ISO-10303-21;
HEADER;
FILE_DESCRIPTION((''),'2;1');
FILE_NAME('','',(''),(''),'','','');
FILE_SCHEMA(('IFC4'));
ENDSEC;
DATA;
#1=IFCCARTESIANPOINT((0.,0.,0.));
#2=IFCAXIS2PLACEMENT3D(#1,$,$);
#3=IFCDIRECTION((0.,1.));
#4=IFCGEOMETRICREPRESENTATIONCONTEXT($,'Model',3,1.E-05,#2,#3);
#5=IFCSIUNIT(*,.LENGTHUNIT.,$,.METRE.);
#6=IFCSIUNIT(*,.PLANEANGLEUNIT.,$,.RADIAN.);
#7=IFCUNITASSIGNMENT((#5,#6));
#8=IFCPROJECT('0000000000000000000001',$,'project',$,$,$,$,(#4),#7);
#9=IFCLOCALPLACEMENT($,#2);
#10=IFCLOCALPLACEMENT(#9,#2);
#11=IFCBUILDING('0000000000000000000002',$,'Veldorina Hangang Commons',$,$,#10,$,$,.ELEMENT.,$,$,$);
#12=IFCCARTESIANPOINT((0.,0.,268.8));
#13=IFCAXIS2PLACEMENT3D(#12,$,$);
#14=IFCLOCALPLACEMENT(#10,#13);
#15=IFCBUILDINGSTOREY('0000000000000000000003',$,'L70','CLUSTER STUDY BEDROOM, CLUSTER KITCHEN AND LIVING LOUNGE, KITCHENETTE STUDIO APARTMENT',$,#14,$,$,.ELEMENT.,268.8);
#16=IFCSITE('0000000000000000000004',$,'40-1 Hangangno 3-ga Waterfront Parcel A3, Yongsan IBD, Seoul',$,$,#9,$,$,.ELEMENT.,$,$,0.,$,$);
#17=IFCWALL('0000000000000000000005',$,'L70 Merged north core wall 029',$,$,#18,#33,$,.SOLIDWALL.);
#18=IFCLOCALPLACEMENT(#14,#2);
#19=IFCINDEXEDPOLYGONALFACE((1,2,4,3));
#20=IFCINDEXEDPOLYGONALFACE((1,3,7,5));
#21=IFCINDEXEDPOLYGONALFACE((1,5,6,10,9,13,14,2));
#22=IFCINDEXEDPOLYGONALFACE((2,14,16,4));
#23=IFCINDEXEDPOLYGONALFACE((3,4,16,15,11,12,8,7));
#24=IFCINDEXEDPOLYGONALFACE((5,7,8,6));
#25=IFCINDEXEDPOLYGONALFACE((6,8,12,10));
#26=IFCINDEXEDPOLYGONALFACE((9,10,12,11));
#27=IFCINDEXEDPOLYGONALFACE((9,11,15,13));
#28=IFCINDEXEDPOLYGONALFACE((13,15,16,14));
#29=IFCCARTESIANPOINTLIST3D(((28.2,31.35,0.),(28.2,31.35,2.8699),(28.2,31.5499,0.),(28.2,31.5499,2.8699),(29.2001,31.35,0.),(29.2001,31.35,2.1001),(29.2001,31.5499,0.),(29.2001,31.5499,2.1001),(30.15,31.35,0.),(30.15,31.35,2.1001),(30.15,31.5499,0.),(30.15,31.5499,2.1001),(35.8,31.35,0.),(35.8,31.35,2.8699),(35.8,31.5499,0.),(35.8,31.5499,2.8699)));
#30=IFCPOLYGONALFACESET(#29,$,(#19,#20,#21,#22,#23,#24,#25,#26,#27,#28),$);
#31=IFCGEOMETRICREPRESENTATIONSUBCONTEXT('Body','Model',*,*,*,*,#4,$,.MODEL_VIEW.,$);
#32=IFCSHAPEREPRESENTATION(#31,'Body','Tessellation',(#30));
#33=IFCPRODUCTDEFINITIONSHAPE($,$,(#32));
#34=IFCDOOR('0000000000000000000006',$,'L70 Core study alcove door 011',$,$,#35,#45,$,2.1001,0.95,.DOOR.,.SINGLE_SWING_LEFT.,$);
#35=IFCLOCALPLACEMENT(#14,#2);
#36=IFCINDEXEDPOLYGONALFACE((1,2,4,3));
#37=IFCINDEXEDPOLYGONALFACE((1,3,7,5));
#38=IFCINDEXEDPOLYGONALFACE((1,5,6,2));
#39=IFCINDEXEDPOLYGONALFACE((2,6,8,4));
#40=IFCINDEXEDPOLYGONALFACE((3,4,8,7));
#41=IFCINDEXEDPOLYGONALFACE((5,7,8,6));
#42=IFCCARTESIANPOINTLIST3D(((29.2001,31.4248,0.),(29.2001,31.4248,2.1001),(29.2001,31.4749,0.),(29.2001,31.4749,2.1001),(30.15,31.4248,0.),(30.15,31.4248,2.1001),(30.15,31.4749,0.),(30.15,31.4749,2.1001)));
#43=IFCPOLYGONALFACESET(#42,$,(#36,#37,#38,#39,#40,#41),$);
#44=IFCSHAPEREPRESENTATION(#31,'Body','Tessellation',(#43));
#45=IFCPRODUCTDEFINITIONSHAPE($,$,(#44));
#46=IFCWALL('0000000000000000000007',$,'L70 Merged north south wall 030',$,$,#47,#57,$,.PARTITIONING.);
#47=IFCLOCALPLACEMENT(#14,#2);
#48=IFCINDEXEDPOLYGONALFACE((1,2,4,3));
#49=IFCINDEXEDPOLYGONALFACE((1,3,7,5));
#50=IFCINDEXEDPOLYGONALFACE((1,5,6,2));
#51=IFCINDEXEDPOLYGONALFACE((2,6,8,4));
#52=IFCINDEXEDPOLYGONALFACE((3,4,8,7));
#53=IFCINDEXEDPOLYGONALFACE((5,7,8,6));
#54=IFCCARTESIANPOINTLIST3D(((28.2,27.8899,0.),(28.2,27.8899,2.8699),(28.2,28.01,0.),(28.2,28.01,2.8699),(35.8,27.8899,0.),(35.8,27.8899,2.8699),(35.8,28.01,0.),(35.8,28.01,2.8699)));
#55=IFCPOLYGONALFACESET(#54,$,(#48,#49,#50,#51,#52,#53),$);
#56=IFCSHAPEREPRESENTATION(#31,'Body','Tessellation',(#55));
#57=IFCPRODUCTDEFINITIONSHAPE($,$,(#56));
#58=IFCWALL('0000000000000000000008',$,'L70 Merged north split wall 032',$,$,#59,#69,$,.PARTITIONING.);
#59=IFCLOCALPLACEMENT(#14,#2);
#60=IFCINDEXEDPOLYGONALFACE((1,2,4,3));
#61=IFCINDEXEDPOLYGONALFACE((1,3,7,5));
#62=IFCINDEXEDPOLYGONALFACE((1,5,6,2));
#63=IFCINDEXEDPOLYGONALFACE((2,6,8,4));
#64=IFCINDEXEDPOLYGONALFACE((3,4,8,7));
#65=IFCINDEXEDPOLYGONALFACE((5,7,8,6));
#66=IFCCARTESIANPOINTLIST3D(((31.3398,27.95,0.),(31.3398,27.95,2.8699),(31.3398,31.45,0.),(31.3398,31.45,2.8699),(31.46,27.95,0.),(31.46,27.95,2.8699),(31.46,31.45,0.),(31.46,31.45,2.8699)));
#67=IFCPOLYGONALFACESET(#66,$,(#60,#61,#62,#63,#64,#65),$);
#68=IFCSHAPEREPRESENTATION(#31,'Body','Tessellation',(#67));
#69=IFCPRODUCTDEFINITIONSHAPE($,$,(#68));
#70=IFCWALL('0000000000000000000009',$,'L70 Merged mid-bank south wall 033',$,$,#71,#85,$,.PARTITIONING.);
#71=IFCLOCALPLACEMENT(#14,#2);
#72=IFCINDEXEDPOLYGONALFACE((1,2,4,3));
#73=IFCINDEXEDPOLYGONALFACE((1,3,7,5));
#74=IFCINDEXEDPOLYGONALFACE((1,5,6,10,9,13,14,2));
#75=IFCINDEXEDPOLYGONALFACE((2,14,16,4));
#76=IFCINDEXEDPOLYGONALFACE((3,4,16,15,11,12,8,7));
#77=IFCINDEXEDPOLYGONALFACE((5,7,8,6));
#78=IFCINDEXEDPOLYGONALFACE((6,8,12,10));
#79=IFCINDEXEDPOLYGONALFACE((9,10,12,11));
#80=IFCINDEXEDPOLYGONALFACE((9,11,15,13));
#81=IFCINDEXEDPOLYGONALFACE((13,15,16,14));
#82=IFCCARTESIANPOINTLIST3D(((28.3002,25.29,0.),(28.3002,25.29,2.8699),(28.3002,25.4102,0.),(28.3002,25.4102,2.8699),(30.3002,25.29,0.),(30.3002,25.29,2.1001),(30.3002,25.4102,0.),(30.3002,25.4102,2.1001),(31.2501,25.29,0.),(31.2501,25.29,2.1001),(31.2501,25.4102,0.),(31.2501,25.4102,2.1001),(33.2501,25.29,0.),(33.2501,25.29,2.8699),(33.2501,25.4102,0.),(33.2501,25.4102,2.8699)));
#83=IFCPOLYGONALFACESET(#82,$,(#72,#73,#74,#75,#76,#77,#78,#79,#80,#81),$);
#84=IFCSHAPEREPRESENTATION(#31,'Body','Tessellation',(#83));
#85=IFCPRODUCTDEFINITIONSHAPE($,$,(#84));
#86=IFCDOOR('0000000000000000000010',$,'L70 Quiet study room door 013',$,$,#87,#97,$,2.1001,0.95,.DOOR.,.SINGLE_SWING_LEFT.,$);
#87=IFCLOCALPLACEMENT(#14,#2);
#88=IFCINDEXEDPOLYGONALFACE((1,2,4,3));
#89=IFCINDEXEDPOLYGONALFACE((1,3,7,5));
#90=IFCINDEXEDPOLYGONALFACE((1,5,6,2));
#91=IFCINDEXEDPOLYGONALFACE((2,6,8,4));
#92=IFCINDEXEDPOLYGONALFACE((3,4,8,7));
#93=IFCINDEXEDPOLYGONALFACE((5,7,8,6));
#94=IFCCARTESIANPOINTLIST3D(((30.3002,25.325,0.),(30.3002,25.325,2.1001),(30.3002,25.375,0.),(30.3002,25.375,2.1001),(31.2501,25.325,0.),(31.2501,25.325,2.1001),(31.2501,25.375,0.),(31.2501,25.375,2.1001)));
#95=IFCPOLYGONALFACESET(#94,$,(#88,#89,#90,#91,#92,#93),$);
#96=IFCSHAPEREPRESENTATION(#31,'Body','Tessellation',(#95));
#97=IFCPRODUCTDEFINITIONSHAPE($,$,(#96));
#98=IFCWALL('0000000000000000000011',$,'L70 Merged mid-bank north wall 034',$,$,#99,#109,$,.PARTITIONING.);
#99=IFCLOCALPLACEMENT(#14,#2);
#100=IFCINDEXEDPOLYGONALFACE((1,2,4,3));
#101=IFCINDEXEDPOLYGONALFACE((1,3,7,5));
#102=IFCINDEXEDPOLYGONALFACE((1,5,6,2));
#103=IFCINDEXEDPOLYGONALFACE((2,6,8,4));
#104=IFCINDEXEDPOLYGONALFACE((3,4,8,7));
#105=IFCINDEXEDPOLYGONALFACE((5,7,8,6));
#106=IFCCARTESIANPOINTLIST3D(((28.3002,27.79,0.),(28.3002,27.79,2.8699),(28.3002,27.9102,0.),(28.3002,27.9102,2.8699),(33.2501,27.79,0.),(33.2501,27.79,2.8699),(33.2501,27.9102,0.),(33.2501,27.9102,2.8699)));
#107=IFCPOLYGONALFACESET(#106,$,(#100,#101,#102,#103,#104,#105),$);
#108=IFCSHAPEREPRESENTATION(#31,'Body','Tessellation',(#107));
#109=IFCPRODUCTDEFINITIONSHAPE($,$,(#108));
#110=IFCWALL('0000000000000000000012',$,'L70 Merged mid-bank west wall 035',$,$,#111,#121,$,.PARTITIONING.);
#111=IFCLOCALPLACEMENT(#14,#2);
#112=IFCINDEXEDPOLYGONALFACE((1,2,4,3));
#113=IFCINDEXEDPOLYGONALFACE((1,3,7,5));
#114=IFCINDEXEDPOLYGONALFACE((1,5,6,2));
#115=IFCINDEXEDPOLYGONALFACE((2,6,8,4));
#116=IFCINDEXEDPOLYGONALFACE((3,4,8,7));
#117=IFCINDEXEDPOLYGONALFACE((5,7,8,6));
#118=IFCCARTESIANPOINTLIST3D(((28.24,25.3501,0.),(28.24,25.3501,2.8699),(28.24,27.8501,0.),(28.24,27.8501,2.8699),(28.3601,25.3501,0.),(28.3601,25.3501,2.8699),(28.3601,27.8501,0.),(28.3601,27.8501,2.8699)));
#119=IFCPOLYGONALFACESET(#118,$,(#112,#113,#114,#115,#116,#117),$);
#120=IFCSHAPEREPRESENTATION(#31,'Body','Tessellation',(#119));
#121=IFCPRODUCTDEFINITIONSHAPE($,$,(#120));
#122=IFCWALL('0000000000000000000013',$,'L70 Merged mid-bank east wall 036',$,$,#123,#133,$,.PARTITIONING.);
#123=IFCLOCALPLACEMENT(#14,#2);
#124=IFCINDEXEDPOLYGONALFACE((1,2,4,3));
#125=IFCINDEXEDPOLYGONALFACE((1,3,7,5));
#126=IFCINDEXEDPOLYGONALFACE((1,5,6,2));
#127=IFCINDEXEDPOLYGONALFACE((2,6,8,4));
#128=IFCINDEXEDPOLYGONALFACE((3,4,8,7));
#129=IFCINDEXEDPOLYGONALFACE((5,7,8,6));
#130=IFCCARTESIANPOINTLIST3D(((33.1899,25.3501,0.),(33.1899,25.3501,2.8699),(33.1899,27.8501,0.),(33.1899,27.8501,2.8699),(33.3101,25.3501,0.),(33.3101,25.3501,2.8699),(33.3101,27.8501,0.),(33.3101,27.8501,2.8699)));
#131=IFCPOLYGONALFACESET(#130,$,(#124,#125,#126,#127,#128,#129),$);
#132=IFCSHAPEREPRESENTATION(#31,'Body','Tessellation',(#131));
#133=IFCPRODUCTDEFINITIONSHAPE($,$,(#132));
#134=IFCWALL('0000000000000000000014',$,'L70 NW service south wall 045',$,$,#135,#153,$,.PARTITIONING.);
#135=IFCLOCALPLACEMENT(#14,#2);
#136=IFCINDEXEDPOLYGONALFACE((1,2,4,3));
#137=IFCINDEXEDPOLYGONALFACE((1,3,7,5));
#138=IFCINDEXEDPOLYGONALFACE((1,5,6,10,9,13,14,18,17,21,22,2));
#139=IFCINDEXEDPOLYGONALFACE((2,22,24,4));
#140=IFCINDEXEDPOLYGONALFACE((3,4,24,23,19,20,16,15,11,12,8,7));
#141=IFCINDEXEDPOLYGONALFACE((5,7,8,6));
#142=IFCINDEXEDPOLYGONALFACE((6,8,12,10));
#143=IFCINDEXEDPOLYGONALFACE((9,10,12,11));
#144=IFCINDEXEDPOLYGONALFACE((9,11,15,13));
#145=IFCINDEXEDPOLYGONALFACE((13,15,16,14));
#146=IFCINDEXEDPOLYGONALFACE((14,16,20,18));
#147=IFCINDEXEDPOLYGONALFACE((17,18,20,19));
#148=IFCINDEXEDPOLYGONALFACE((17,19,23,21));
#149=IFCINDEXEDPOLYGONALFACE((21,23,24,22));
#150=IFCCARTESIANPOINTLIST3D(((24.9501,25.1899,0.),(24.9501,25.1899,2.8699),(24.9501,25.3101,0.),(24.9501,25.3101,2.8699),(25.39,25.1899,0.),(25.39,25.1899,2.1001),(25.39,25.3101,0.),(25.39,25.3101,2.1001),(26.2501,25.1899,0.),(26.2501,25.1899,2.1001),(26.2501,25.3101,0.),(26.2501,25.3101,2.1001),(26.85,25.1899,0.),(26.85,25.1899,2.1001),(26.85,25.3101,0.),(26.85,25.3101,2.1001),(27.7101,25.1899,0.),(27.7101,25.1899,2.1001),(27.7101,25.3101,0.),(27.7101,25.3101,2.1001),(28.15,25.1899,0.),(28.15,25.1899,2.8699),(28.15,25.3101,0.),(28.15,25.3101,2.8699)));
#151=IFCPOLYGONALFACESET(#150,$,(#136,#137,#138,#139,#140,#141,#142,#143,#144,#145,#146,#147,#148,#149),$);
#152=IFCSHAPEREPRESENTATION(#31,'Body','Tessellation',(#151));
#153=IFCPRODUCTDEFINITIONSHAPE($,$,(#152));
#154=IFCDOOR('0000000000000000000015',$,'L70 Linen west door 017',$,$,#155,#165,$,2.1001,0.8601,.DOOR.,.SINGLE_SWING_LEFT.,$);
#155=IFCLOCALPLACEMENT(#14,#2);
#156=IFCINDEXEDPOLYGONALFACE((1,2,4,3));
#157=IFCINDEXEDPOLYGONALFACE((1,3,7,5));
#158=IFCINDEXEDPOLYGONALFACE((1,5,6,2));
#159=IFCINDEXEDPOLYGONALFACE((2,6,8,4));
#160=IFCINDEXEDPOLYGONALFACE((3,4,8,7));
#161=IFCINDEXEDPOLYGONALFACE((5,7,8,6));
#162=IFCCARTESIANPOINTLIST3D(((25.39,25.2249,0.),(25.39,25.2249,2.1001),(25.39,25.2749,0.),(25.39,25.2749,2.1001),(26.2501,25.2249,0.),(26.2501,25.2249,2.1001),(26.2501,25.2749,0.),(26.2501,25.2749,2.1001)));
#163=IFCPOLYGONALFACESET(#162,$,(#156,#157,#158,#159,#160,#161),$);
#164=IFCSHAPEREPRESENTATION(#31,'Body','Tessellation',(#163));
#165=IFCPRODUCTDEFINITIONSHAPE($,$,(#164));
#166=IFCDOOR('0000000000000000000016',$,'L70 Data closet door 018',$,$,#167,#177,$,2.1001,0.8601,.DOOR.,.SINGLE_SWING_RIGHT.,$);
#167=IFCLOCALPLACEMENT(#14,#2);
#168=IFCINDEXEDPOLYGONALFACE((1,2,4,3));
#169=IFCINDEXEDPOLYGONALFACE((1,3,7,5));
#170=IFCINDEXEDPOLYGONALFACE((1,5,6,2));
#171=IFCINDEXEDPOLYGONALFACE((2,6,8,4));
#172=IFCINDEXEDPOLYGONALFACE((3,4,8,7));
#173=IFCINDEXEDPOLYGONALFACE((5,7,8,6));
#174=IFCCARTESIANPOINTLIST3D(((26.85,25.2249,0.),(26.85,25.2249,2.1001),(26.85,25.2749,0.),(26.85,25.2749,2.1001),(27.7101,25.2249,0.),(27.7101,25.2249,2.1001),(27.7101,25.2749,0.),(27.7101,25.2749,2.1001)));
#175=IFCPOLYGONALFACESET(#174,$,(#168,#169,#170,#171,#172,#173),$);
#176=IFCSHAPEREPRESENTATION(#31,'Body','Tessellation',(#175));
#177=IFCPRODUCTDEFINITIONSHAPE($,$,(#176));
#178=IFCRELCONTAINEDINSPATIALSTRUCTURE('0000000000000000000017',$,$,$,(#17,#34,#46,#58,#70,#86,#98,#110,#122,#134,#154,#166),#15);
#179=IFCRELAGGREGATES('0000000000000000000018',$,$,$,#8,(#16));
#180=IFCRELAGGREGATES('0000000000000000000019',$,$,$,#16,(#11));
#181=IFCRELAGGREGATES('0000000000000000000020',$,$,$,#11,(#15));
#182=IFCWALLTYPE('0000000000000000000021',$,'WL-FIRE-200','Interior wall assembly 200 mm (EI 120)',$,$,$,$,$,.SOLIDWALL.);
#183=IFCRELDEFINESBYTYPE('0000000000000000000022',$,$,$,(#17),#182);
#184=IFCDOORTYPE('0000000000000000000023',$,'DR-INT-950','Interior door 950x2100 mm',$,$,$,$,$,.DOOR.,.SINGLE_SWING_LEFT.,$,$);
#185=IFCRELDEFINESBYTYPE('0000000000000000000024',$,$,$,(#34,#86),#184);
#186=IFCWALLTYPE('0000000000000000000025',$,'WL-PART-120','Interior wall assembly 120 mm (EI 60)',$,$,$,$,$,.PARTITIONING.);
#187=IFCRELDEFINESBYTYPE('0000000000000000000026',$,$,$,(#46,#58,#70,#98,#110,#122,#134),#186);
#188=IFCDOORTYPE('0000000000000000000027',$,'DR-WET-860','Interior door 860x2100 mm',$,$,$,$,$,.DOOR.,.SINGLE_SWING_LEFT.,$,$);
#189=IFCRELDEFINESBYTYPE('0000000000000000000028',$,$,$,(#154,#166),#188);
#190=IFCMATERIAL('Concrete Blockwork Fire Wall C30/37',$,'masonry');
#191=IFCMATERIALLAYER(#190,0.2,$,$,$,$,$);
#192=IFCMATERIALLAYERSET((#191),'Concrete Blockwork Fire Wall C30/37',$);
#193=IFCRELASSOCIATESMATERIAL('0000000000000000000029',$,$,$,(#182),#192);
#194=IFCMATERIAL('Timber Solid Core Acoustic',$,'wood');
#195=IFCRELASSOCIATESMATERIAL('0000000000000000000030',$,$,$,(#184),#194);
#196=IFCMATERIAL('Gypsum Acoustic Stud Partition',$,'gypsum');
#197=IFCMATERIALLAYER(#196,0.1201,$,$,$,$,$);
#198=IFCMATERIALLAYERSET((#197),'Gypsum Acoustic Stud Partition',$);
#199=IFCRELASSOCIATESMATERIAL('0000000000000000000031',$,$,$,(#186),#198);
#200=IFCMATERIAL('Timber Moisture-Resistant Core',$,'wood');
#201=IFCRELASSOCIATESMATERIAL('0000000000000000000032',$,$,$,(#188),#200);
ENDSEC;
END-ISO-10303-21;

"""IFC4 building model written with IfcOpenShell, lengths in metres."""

from ifc_helpers import new_model, si_unit, direction, frame, frame_2d, origin, place, context, subcontext, project, spatial, rectangle, extrude, material, layer, layer_set, type_object, element, fill, save


model = new_model("IFC4")

# Units and contexts
model_context = context("Model", 3, precision=1e-05, world=origin(), true_north=direction((0.0, 1.0)))
body_context = subcontext(model_context, "Body", "Model", "MODEL_VIEW")
ifc_project = project(units=[si_unit("LENGTHUNIT", "METRE"), si_unit("PLANEANGLEUNIT", "RADIAN")], contexts=[model_context])

# Site, building, storey
site_placement = place(None, origin())
site = spatial("IfcSite", under=ifc_project, at=site_placement, Name="40-1 Hangangno 3-ga Waterfront Parcel A3, Yongsan IBD, Seoul", CompositionType="ELEMENT", RefElevation=0.0)
building_placement = place(site_placement, origin())
building = spatial("IfcBuilding", under=site, at=building_placement, Name="Veldorina Hangang Commons", CompositionType="ELEMENT")
storey_placement = place(building_placement, frame((0.0, 0.0, 268.8)))
storey = spatial("IfcBuildingStorey", under=building, at=storey_placement, Name="L70", Description="CLUSTER STUDY BEDROOM, CLUSTER KITCHEN AND LIVING LOUNGE, KITCHENETTE STUDIO APARTMENT", CompositionType="ELEMENT", Elevation=268.8)

# Shared definitions
ifc_material_1 = material(Name="Concrete Blockwork Fire Wall C30/37", Category="masonry")
ifc_layer_1 = layer(ifc_material_1, 0.2)
ifc_layer_set_1 = layer_set([ifc_layer_1], Name="Concrete Blockwork Fire Wall C30/37")
wall_type_1 = type_object("IfcWallType", Name="WL-FIRE-200", Description="Interior wall assembly 200 mm (EI 120)", PredefinedType="SOLIDWALL", material=ifc_layer_set_1)

# Wall, opening, door
wall_1_placement = place(storey_placement, frame((28.2, 31.45, 0.0), z_axis=(0.0, 0.0, 1.0), x_axis=(1.0, 0.0, 0.0)))
wall_1 = element("IfcWall", 1, at=wall_1_placement, inside=storey, type_object=wall_type_1, Name="L70 Merged north core wall 029", PredefinedType="SOLIDWALL", context=body_context, shape_type="SweptSolid", body=[
    extrude(rectangle(XDim=7.6001, YDim=0.2, at=frame_2d((3.8, 0.0))), origin(), (0.0, 0.0, 1.0), 2.8699),
])
opening_1_placement = place(wall_1_placement, frame((1.0, 0.0, 0.0)))
opening_1 = element("IfcOpeningElement", 2, at=opening_1_placement, cuts=wall_1, PredefinedType="OPENING", context=body_context, shape_type="SweptSolid", body=[
    extrude(rectangle(XDim=0.95, YDim=2.1001, at=frame_2d((0.4751, 1.05))), frame((0.0, 0.1099, 0.0), z_axis=(0.0, -1.0, 0.0), x_axis=(1.0, 0.0, 0.0)), (0.0, 0.0, 1.0), 0.22),
])
ifc_material_2 = material(Name="Timber Solid Core Acoustic", Category="wood")
door_type_1 = type_object("IfcDoorType", Name="DR-INT-950", Description="Interior door 950x2100 mm", OperationType="SINGLE_SWING_LEFT", PredefinedType="DOOR", material=ifc_material_2)
door_1_placement = place(opening_1_placement, origin())
door_1 = element("IfcDoor", 3, at=door_1_placement, inside=storey, type_object=door_type_1, Name="L70 Core study alcove door 011", OperationType="SINGLE_SWING_LEFT", OverallHeight=2.1001, OverallWidth=0.95, PredefinedType="DOOR", context=body_context, shape_type="SweptSolid", body=[
    extrude(rectangle(XDim=0.95, YDim=2.1001, at=frame_2d((0.4751, 1.05))), frame((0.0, 0.0249, 0.0), z_axis=(0.0, -1.0, 0.0), x_axis=(1.0, 0.0, 0.0)), (0.0, 0.0, 1.0), 0.05),
])
fill(opening_1, door_1)

# Walls
ifc_material_3 = material(Name="Gypsum Acoustic Stud Partition", Category="gypsum")
ifc_layer_2 = layer(ifc_material_3, 0.1201)
ifc_layer_set_2 = layer_set([ifc_layer_2], Name="Gypsum Acoustic Stud Partition")
wall_type_2 = type_object("IfcWallType", Name="WL-PART-120", Description="Interior wall assembly 120 mm (EI 60)", PredefinedType="PARTITIONING", material=ifc_layer_set_2)
wall_2_placement = place(storey_placement, frame((28.2, 27.95, 0.0), z_axis=(0.0, 0.0, 1.0), x_axis=(1.0, 0.0, 0.0)))
element("IfcWall", 4, at=wall_2_placement, inside=storey, type_object=wall_type_2, Name="L70 Merged north south wall 030", PredefinedType="PARTITIONING", context=body_context, shape_type="SweptSolid", body=[
    extrude(rectangle(XDim=7.6001, YDim=0.1201, at=frame_2d((3.8, 0.0))), origin(), (0.0, 0.0, 1.0), 2.8699),
])
wall_3_placement = place(storey_placement, frame((31.3999, 27.95, 0.0), z_axis=(0.0, 0.0, 1.0), x_axis=(0.0, 1.0, 0.0)))
element("IfcWall", 5, at=wall_3_placement, inside=storey, type_object=wall_type_2, Name="L70 Merged north split wall 032", PredefinedType="PARTITIONING", context=body_context, shape_type="SweptSolid", body=[
    extrude(rectangle(XDim=3.5, YDim=0.1201, at=frame_2d((1.75, 0.0))), origin(), (0.0, 0.0, 1.0), 2.8699),
])

# Wall, opening, door
wall_4_placement = place(storey_placement, frame((28.3, 25.3501, 0.0), z_axis=(0.0, 0.0, 1.0), x_axis=(1.0, 0.0, 0.0)))
wall_4 = element("IfcWall", 6, at=wall_4_placement, inside=storey, type_object=wall_type_2, Name="L70 Merged mid-bank south wall 033", PredefinedType="PARTITIONING", context=body_context, shape_type="SweptSolid", body=[
    extrude(rectangle(XDim=4.95, YDim=0.1201, at=frame_2d((2.4751, 0.0))), origin(), (0.0, 0.0, 1.0), 2.8699),
])
opening_2_placement = place(wall_4_placement, frame((2.0, 0.0, 0.0)))
opening_2 = element("IfcOpeningElement", 7, at=opening_2_placement, cuts=wall_4, PredefinedType="OPENING", context=body_context, shape_type="SweptSolid", body=[
    extrude(rectangle(XDim=0.95, YDim=2.1001, at=frame_2d((0.4751, 1.05))), frame((0.0, 0.0701, 0.0), z_axis=(0.0, -1.0, 0.0), x_axis=(1.0, 0.0, 0.0)), (0.0, 0.0, 1.0), 0.1401),
])
door_2_placement = place(opening_2_placement, origin())
door_2 = element("IfcDoor", 8, at=door_2_placement, inside=storey, type_object=door_type_1, Name="L70 Quiet study room door 013", OperationType="SINGLE_SWING_LEFT", OverallHeight=2.1001, OverallWidth=0.95, PredefinedType="DOOR", context=body_context, shape_type="SweptSolid", body=[
    extrude(rectangle(XDim=0.95, YDim=2.1001, at=frame_2d((0.4751, 1.05))), frame((0.0, 0.0249, 0.0), z_axis=(0.0, -1.0, 0.0), x_axis=(1.0, 0.0, 0.0)), (0.0, 0.0, 1.0), 0.05),
])
fill(opening_2, door_2)

# Walls
wall_5_placement = place(storey_placement, frame((28.3, 27.8501, 0.0), z_axis=(0.0, 0.0, 1.0), x_axis=(1.0, 0.0, 0.0)))
element("IfcWall", 9, at=wall_5_placement, inside=storey, type_object=wall_type_2, Name="L70 Merged mid-bank north wall 034", PredefinedType="PARTITIONING", context=body_context, shape_type="SweptSolid", body=[
    extrude(rectangle(XDim=4.95, YDim=0.1201, at=frame_2d((2.4751, 0.0))), origin(), (0.0, 0.0, 1.0), 2.8699),
])
for number, where, z_axis, x_axis, name in (
    (10, (28.3, 25.3501, 0.0), (0.0, 0.0, 1.0), (0.0, 1.0, 0.0), "L70 Merged mid-bank west wall 035"),
    (11, (33.25, 25.3501, 0.0), (0.0, 0.0, 1.0), (0.0, 1.0, 0.0), "L70 Merged mid-bank east wall 036"),
):
    element("IfcWall", number, at=place(storey_placement, frame(where, z_axis=z_axis, x_axis=x_axis)), inside=storey, type_object=wall_type_2, Name=name, PredefinedType="PARTITIONING", context=body_context, shape_type="SweptSolid", body=[
        extrude(rectangle(XDim=2.5, YDim=0.1201, at=frame_2d((1.25, 0.0))), origin(), (0.0, 0.0, 1.0), 2.8699),
    ])

# Wall, openings, doors
wall_6_placement = place(storey_placement, frame((24.95, 25.25, 0.0), z_axis=(0.0, 0.0, 1.0), x_axis=(1.0, 0.0, 0.0)))
wall_6 = element("IfcWall", 12, at=wall_6_placement, inside=storey, type_object=wall_type_2, Name="L70 NW service south wall 045", PredefinedType="PARTITIONING", context=body_context, shape_type="SweptSolid", body=[
    extrude(rectangle(XDim=3.2, YDim=0.1201, at=frame_2d((1.6001, 0.0))), origin(), (0.0, 0.0, 1.0), 2.8699),
])
opening_3_placement = place(wall_6_placement, frame((0.4399, 0.0, 0.0)))
opening_3 = element("IfcOpeningElement", 13, at=opening_3_placement, cuts=wall_6, PredefinedType="OPENING", context=body_context, shape_type="SweptSolid", body=[
    extrude(rectangle(XDim=0.8601, YDim=2.1001, at=frame_2d((0.4302, 1.05))), frame((0.0, 0.0701, 0.0), z_axis=(0.0, -1.0, 0.0), x_axis=(1.0, 0.0, 0.0)), (0.0, 0.0, 1.0), 0.1401),
])
opening_4_placement = place(wall_6_placement, frame((1.8999, 0.0, 0.0)))
opening_4 = element("IfcOpeningElement", 14, at=opening_4_placement, cuts=wall_6, PredefinedType="OPENING", context=body_context, shape_type="SweptSolid", body=[
    extrude(rectangle(XDim=0.8601, YDim=2.1001, at=frame_2d((0.4302, 1.05))), frame((0.0, 0.0701, 0.0), z_axis=(0.0, -1.0, 0.0), x_axis=(1.0, 0.0, 0.0)), (0.0, 0.0, 1.0), 0.1401),
])
ifc_material_4 = material(Name="Timber Moisture-Resistant Core", Category="wood")
door_type_2 = type_object("IfcDoorType", Name="DR-WET-860", Description="Interior door 860x2100 mm", OperationType="SINGLE_SWING_LEFT", PredefinedType="DOOR", material=ifc_material_4)
door_3_placement = place(opening_3_placement, origin())
door_3 = element("IfcDoor", 15, at=door_3_placement, inside=storey, type_object=door_type_2, Name="L70 Linen west door 017", OperationType="SINGLE_SWING_LEFT", OverallHeight=2.1001, OverallWidth=0.8601, PredefinedType="DOOR", context=body_context, shape_type="SweptSolid", body=[
    extrude(rectangle(XDim=0.8601, YDim=2.1001, at=frame_2d((0.4302, 1.05))), frame((0.0, 0.0249, 0.0), z_axis=(0.0, -1.0, 0.0), x_axis=(1.0, 0.0, 0.0)), (0.0, 0.0, 1.0), 0.05),
])
fill(opening_3, door_3)
door_4_placement = place(opening_4_placement, origin())
door_4 = element("IfcDoor", 16, at=door_4_placement, inside=storey, type_object=door_type_2, Name="L70 Data closet door 018", OperationType="SINGLE_SWING_RIGHT", OverallHeight=2.1001, OverallWidth=0.8601, PredefinedType="DOOR", context=body_context, shape_type="SweptSolid", body=[
    extrude(rectangle(XDim=0.8601, YDim=2.1001, at=frame_2d((0.4302, 1.05))), frame((0.0, 0.0249, 0.0), z_axis=(0.0, -1.0, 0.0), x_axis=(1.0, 0.0, 0.0)), (0.0, 0.0, 1.0), 0.05),
])
fill(opening_4, door_4)

save(model, "model.ifc")
